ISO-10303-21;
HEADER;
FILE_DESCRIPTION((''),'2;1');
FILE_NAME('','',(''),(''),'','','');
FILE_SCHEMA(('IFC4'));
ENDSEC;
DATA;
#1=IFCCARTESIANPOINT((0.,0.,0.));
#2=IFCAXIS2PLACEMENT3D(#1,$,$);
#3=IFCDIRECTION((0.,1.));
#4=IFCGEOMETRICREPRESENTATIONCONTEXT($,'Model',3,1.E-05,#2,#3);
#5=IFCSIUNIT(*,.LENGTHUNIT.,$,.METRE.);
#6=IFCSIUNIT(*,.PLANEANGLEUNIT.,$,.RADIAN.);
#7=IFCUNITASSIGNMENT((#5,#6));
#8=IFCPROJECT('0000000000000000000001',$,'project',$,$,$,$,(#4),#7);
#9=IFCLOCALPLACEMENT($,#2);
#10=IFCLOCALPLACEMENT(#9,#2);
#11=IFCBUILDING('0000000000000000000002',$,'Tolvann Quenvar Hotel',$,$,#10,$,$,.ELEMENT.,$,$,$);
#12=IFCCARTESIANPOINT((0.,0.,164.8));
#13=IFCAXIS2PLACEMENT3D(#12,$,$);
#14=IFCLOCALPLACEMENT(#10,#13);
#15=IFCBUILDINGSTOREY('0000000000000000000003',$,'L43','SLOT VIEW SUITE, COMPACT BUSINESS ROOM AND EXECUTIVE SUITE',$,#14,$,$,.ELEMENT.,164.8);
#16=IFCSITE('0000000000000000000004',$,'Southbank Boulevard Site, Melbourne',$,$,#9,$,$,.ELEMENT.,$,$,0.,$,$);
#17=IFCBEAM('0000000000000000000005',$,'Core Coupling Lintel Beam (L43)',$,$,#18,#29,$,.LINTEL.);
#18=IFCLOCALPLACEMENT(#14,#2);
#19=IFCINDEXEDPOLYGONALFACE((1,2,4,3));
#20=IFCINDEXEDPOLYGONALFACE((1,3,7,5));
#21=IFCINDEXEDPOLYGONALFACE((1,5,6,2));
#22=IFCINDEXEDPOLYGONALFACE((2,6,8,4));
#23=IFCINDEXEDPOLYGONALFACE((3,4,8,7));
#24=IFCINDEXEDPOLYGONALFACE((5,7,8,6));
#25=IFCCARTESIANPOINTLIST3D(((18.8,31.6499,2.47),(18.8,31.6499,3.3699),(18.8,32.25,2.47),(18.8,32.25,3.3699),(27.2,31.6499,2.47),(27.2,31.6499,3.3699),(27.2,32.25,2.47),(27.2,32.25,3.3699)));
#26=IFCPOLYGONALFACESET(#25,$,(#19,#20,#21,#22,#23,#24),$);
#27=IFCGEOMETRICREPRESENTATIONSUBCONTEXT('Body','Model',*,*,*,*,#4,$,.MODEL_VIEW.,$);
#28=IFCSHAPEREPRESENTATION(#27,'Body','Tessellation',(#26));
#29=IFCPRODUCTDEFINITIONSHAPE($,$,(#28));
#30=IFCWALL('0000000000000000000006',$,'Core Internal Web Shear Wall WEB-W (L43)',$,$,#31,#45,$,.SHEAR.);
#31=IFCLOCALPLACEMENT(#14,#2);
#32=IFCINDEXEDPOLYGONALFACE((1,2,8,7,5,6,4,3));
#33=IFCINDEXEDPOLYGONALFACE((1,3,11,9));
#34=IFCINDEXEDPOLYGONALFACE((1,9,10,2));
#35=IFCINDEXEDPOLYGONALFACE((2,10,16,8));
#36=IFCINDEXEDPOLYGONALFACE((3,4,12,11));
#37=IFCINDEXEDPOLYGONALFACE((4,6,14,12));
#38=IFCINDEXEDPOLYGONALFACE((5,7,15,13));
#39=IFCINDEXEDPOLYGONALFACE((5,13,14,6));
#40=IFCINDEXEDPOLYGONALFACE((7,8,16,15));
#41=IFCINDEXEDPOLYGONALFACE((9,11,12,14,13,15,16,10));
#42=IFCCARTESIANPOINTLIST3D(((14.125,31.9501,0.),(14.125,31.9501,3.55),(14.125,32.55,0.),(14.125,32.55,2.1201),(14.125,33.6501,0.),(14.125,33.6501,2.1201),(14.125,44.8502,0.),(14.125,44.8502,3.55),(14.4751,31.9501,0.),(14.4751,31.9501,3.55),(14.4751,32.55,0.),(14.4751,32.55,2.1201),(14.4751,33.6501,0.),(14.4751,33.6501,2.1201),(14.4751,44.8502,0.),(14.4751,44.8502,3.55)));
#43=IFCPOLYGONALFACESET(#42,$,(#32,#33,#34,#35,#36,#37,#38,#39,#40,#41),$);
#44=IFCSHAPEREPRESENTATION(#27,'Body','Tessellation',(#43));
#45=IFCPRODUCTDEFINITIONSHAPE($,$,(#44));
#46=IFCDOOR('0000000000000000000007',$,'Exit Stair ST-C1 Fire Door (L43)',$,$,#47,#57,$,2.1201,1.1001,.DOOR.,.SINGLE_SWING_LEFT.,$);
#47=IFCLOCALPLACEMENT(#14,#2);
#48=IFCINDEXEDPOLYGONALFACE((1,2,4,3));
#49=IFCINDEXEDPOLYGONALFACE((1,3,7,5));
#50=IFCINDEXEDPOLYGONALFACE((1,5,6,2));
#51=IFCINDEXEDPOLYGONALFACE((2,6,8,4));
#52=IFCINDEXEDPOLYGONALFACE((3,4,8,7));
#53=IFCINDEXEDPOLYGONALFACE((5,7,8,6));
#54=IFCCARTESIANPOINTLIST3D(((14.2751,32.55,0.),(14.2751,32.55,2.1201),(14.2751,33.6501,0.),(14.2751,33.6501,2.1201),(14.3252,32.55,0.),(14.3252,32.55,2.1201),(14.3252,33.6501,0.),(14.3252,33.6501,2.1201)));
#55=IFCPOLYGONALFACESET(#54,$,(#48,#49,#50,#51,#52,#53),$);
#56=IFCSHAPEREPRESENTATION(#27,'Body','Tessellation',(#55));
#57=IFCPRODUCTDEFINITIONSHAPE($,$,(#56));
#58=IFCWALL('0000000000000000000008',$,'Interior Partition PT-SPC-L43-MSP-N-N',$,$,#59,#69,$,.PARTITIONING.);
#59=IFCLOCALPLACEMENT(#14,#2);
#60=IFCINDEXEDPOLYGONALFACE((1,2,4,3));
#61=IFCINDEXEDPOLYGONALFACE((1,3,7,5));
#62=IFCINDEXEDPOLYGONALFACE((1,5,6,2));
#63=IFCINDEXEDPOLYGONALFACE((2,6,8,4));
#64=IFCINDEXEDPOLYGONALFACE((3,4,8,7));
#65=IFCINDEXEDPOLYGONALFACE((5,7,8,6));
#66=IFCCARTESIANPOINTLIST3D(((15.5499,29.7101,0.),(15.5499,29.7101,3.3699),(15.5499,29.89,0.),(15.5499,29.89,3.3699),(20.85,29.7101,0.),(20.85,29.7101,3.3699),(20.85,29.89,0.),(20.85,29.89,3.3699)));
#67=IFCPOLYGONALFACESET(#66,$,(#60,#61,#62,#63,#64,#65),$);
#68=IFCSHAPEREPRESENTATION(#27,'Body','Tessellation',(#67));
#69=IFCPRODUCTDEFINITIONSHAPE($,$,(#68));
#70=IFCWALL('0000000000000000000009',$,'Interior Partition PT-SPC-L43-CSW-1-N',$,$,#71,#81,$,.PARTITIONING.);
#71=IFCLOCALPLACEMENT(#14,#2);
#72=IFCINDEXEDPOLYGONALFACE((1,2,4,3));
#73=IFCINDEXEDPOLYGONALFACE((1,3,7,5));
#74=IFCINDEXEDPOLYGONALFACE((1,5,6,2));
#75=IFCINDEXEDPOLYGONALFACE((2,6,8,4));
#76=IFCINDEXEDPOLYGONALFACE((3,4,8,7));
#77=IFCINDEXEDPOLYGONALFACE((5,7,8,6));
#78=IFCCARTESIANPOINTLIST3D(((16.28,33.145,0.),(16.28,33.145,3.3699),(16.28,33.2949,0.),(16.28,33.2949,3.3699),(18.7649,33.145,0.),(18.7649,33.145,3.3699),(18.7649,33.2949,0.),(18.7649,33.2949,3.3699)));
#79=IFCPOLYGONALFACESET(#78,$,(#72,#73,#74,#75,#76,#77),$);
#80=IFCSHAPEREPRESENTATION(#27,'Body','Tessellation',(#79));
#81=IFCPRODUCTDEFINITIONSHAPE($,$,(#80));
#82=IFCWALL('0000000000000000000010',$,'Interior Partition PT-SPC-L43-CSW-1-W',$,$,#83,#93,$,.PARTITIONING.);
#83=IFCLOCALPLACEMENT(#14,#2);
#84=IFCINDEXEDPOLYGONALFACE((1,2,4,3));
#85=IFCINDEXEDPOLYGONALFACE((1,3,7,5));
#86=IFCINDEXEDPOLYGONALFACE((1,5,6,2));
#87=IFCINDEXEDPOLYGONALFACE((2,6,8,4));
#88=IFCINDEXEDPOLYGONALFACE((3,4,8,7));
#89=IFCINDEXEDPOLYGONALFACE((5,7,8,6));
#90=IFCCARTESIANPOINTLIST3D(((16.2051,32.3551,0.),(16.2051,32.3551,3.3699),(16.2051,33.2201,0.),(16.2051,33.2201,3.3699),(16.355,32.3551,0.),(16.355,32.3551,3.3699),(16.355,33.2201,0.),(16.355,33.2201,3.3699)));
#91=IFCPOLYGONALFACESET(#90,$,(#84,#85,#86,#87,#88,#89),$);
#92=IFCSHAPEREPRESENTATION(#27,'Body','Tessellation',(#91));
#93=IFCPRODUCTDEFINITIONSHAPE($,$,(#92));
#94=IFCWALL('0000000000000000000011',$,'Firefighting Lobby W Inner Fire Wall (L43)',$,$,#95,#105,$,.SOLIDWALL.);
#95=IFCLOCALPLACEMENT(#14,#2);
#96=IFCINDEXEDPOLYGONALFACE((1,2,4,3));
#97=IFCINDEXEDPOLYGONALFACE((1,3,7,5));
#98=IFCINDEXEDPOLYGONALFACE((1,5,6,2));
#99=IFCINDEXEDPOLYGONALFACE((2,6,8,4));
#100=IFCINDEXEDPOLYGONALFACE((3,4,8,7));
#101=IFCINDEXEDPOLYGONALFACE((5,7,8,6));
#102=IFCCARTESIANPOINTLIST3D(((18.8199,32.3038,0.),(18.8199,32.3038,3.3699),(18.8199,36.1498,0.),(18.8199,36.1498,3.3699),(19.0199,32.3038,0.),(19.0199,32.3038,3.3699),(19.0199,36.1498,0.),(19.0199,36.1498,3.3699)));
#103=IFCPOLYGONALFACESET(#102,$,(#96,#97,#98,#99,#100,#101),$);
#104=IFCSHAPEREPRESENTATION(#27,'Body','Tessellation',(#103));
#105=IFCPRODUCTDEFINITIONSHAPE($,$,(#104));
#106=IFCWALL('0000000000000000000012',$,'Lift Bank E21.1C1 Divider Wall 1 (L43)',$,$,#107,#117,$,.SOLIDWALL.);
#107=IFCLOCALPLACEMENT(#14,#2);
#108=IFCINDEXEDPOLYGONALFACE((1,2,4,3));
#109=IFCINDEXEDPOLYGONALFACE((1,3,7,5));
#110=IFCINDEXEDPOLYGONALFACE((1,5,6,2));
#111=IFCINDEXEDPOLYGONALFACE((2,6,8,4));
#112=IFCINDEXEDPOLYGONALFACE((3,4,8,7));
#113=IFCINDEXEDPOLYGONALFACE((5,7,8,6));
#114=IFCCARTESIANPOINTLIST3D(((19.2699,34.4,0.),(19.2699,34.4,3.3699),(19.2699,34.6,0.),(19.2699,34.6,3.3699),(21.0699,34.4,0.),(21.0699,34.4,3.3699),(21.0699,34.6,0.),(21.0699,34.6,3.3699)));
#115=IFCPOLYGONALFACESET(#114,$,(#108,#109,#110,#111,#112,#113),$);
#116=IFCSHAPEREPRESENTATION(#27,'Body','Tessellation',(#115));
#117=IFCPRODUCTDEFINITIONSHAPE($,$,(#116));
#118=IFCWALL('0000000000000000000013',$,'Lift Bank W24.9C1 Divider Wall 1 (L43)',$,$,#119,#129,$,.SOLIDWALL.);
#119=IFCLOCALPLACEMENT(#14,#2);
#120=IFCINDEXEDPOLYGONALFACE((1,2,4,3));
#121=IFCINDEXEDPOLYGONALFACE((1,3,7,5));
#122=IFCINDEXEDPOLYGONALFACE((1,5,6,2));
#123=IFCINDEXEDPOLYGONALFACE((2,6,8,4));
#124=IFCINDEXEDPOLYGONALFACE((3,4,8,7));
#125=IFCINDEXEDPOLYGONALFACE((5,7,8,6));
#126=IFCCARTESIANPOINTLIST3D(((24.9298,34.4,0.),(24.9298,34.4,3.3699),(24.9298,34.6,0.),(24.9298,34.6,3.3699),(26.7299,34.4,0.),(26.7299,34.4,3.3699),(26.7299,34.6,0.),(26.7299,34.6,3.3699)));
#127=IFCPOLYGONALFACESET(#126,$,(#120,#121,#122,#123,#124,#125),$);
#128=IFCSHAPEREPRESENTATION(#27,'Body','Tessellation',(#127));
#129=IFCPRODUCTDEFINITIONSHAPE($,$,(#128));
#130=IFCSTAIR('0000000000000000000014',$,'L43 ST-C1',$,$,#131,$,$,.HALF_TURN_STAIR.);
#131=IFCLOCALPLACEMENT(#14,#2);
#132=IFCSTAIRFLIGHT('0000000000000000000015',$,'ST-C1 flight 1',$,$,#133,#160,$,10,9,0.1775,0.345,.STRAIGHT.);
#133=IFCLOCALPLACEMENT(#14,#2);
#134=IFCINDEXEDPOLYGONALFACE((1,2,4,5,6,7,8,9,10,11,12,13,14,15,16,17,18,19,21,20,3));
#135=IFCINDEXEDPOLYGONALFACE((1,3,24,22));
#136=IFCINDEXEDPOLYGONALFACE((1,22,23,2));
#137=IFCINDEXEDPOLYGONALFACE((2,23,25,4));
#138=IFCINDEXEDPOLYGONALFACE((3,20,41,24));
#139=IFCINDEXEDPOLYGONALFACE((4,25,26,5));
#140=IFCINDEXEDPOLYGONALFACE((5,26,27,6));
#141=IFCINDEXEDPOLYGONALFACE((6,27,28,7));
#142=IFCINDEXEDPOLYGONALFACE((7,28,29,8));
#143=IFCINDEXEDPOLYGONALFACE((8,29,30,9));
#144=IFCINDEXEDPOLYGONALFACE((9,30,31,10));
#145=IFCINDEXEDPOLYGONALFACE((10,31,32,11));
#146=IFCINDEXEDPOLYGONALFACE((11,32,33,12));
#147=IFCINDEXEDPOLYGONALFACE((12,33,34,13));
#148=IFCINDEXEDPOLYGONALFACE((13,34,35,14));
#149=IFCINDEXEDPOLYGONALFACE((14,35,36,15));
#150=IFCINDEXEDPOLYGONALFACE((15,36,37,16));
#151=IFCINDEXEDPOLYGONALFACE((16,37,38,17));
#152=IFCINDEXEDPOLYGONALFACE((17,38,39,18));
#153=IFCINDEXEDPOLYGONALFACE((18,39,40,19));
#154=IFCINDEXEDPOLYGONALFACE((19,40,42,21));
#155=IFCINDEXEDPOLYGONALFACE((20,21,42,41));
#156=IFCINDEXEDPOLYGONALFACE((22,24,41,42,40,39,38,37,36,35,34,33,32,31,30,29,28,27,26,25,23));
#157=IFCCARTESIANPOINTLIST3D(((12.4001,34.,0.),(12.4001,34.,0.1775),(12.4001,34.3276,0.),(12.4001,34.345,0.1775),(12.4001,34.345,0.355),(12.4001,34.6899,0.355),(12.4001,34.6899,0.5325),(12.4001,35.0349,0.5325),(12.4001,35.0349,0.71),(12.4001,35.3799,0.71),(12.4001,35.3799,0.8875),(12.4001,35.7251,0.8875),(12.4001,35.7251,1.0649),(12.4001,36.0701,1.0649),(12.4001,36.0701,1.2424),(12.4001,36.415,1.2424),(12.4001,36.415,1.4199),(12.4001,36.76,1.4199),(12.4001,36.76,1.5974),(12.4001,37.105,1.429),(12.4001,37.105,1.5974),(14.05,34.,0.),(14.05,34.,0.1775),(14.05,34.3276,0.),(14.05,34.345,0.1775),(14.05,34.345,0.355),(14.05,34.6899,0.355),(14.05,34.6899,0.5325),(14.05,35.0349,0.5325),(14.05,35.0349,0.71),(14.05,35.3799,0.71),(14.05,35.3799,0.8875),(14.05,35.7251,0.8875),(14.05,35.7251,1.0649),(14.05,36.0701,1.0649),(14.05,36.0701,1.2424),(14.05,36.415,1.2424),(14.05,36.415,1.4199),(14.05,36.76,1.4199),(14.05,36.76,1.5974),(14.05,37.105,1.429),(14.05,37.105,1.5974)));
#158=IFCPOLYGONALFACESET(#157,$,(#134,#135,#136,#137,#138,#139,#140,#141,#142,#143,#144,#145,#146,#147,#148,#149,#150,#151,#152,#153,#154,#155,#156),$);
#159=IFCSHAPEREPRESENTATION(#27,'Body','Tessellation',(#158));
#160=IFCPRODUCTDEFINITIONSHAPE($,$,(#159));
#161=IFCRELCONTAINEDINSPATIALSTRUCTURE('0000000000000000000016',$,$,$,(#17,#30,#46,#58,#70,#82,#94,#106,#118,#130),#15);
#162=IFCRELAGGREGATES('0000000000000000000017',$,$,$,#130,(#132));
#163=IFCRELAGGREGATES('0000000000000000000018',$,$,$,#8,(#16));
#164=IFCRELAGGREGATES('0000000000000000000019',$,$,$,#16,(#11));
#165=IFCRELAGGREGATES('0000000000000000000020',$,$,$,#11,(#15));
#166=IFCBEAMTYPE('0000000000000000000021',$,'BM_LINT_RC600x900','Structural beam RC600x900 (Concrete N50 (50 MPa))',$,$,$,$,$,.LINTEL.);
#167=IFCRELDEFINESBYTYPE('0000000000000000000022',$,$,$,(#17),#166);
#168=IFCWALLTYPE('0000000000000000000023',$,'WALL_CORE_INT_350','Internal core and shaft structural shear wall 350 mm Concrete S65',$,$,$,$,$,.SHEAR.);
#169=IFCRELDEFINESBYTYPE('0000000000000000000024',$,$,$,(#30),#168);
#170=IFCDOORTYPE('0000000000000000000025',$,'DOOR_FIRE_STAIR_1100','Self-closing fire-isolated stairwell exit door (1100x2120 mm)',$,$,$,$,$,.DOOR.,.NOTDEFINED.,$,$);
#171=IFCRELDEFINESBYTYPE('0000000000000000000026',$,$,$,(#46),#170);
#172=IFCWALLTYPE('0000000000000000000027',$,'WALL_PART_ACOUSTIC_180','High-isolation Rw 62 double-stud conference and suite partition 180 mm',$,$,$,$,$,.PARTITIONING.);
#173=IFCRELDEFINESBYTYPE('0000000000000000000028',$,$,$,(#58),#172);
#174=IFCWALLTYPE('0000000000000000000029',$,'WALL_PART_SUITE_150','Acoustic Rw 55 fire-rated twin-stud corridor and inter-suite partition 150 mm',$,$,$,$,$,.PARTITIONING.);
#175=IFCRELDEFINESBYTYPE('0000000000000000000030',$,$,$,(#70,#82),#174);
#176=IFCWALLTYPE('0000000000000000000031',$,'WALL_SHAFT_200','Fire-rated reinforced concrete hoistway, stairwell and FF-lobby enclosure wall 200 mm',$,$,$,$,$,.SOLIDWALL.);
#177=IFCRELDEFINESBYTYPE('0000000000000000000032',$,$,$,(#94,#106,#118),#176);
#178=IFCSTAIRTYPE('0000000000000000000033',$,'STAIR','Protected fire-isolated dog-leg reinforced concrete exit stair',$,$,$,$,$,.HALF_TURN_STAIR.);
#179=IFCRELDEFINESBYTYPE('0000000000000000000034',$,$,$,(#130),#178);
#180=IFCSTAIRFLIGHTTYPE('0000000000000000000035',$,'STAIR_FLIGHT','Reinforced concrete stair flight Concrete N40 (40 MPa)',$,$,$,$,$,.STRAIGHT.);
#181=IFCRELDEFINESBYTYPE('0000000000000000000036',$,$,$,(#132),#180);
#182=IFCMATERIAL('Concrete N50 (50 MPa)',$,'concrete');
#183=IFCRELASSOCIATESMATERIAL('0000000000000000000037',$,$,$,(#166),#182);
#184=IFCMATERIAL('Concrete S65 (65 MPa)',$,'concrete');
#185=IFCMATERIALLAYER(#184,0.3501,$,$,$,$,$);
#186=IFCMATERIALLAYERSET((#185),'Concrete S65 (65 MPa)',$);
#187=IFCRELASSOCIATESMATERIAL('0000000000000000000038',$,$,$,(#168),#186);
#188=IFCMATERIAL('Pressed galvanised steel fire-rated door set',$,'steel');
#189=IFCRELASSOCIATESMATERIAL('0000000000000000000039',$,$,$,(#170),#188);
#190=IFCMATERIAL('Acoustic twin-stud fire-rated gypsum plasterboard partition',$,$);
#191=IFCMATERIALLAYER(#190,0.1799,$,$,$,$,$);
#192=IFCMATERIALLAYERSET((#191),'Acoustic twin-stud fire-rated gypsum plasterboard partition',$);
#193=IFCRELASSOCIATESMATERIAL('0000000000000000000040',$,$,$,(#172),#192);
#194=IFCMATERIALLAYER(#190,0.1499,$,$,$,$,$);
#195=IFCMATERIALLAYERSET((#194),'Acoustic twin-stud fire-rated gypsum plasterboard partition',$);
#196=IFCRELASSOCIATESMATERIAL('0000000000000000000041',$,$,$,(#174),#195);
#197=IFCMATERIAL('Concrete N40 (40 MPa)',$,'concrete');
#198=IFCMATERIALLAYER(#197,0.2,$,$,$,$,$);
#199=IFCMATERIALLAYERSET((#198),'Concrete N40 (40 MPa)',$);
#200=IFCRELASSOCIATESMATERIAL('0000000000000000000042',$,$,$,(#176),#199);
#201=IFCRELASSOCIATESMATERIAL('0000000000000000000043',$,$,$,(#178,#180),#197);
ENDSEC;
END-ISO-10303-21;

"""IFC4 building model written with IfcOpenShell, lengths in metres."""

from ifc_helpers import new_model, si_unit, direction, frame, frame_2d, origin, origin_2d, place, context, subcontext, project, spatial, polyline, rectangle, outline, extrude, source, transform, mapped, material, layer, layer_set, material_profile, profile_set, type_object, type_shapes, element, fill, aggregate, save


model = new_model("IFC4")

# Units and contexts
model_context = context("Model", 3, precision=1e-05, world=origin(), true_north=direction((0.0, 1.0)))
body_context = subcontext(model_context, "Body", "Model", "MODEL_VIEW")
ifc_project = project(units=[si_unit("LENGTHUNIT", "METRE"), si_unit("PLANEANGLEUNIT", "RADIAN")], contexts=[model_context])

# Site, building, storey
site_placement = place(None, origin())
site = spatial("IfcSite", under=ifc_project, at=site_placement, Name="Southbank Boulevard Site, Melbourne", CompositionType="ELEMENT", RefElevation=0.0)
building_placement = place(site_placement, origin())
building = spatial("IfcBuilding", under=site, at=building_placement, Name="Tolvann Quenvar Hotel", CompositionType="ELEMENT")
storey_placement = place(building_placement, frame((0.0, 0.0, 164.8)))
storey = spatial("IfcBuildingStorey", under=building, at=storey_placement, Name="L43", Description="SLOT VIEW SUITE, COMPACT BUSINESS ROOM AND EXECUTIVE SUITE", CompositionType="ELEMENT", Elevation=164.8)

# Beam
ifc_material_1 = material(Name="Concrete N50 (50 MPa)", Category="concrete")
ifc_material_profile = material_profile(ifc_material_1, rectangle(XDim=0.6001, YDim=0.8999, at=origin_2d()), Name="RC600x900")
ifc_profile_set = profile_set([ifc_material_profile], Name="Concrete N50 (50 MPa)")
beam_type = type_object("IfcBeamType", Name="BM_LINT_RC600x900", Description="Structural beam RC600x900 (Concrete N50 (50 MPa))", PredefinedType="LINTEL", material=ifc_profile_set)
shared_shape_1 = source(origin(), body_context, "Body", "SweptSolid", [
    extrude(rectangle(XDim=0.6001, YDim=0.8999, at=origin_2d()), origin(), (0.0, 0.0, 1.0), 8.3999),
])
type_shapes(beam_type, [shared_shape_1])
beam_placement = place(storey_placement, frame((18.8, 31.95, 2.9199), z_axis=(1.0, 0.0, 0.0), x_axis=(0.0, 1.0, 0.0)))
element("IfcBeam", 1, at=beam_placement, inside=storey, type_object=beam_type, Name="Core Coupling Lintel Beam (L43)", PredefinedType="LINTEL", context=body_context, shape_type="MappedRepresentation", body=[
    mapped(shared_shape_1, transform((0.0, 0.0, 0.0), x_axis=(1.0, 0.0, 0.0), y_axis=(0.0, 1.0, 0.0), z_axis=(0.0, 0.0, 1.0), scale=1.0)),
])

# Wall, opening, door
ifc_material_2 = material(Name="Concrete S65 (65 MPa)", Category="concrete")
ifc_layer_1 = layer(ifc_material_2, 0.3501)
ifc_layer_set_1 = layer_set([ifc_layer_1], Name="Concrete S65 (65 MPa)")
wall_type_1 = type_object("IfcWallType", Name="WALL_CORE_INT_350", Description="Internal core and shaft structural shear wall 350 mm Concrete S65", PredefinedType="SHEAR", material=ifc_layer_set_1)
wall_1_placement = place(storey_placement, frame((14.3, 31.95, 0.0), z_axis=(0.0, 0.0, 1.0), x_axis=(0.0, 1.0, 0.0)))
wall_1 = element("IfcWall", 2, at=wall_1_placement, inside=storey, type_object=wall_type_1, Name="Core Internal Web Shear Wall WEB-W (L43)", PredefinedType="SHEAR", context=body_context, shape_type="SweptSolid", body=[
    extrude(rectangle(XDim=12.9001, YDim=0.3501, at=frame_2d((6.4502, 0.0))), origin(), (0.0, 0.0, 1.0), 3.55),
])
opening_1_placement = place(wall_1_placement, frame((0.6001, 0.0, 0.0)))
opening_1 = element("IfcOpeningElement", 3, at=opening_1_placement, cuts=wall_1, PredefinedType="OPENING", context=body_context, shape_type="SweptSolid", body=[
    extrude(rectangle(XDim=1.1001, YDim=2.1201, at=frame_2d((0.55, 1.0601))), frame((0.0, 0.1851, 0.0), z_axis=(0.0, -1.0, 0.0), x_axis=(1.0, 0.0, 0.0)), (0.0, 0.0, 1.0), 0.3701),
])
ifc_material_3 = material(Name="Pressed galvanised steel fire-rated door set", Category="steel")
door_type_1 = type_object("IfcDoorType", Name="DOOR_FIRE_STAIR_1100", Description="Self-closing fire-isolated stairwell exit door (1100x2120 mm)", OperationType="NOTDEFINED", PredefinedType="DOOR", material=ifc_material_3)
shared_shape_2 = source(origin(), body_context, "Body", "SweptSolid", [
    extrude(rectangle(XDim=1.1001, YDim=2.1201, at=frame_2d((0.55, 1.0601))), frame((0.0, 0.0249, 0.0), z_axis=(0.0, -1.0, 0.0), x_axis=(1.0, 0.0, 0.0)), (0.0, 0.0, 1.0), 0.05),
])
type_shapes(door_type_1, [shared_shape_2])
door_1_placement = place(opening_1_placement, origin())
door_1 = element("IfcDoor", 4, at=door_1_placement, inside=storey, type_object=door_type_1, Name="Exit Stair ST-C1 Fire Door (L43)", OperationType="SINGLE_SWING_LEFT", OverallHeight=2.1201, OverallWidth=1.1001, PredefinedType="DOOR", context=body_context, shape_type="MappedRepresentation", body=[
    mapped(shared_shape_2, transform((0.0, 0.0, 0.0), x_axis=(1.0, 0.0, 0.0), y_axis=(0.0, 1.0, 0.0), z_axis=(0.0, 0.0, 1.0), scale=1.0)),
])
fill(opening_1, door_1)

# Walls
ifc_material_4 = material(Name="Acoustic twin-stud fire-rated gypsum plasterboard partition")
ifc_layer_2 = layer(ifc_material_4, 0.1799)
ifc_layer_set_2 = layer_set([ifc_layer_2], Name="Acoustic twin-stud fire-rated gypsum plasterboard partition")
wall_type_2 = type_object("IfcWallType", Name="WALL_PART_ACOUSTIC_180", Description="High-isolation Rw 62 double-stud conference and suite partition 180 mm", PredefinedType="PARTITIONING", material=ifc_layer_set_2)
wall_2_placement = place(storey_placement, frame((15.55, 29.8, 0.0), z_axis=(0.0, 0.0, 1.0), x_axis=(1.0, 0.0, 0.0)))
element("IfcWall", 5, at=wall_2_placement, inside=storey, type_object=wall_type_2, Name="Interior Partition PT-SPC-L43-MSP-N-N", PredefinedType="PARTITIONING", context=body_context, shape_type="SweptSolid", body=[
    extrude(rectangle(XDim=5.3, YDim=0.1799, at=frame_2d((2.6499, 0.0))), origin(), (0.0, 0.0, 1.0), 3.3699),
])
ifc_layer_3 = layer(ifc_material_4, 0.1499)
ifc_layer_set_3 = layer_set([ifc_layer_3], Name="Acoustic twin-stud fire-rated gypsum plasterboard partition")
wall_type_3 = type_object("IfcWallType", Name="WALL_PART_SUITE_150", Description="Acoustic Rw 55 fire-rated twin-stud corridor and inter-suite partition 150 mm", PredefinedType="PARTITIONING", material=ifc_layer_set_3)
wall_3_placement = place(storey_placement, frame((16.28, 33.22, 0.0), z_axis=(0.0, 0.0, 1.0), x_axis=(1.0, 0.0, 0.0)))
element("IfcWall", 6, at=wall_3_placement, inside=storey, type_object=wall_type_3, Name="Interior Partition PT-SPC-L43-CSW-1-N", PredefinedType="PARTITIONING", context=body_context, shape_type="SweptSolid", body=[
    extrude(rectangle(XDim=2.4849, YDim=0.1499, at=frame_2d((1.2424, 0.0))), origin(), (0.0, 0.0, 1.0), 3.3699),
])
wall_4_placement = place(storey_placement, frame((16.28, 32.355, 0.0), z_axis=(0.0, 0.0, 1.0), x_axis=(0.0, 1.0, 0.0)))
element("IfcWall", 7, at=wall_4_placement, inside=storey, type_object=wall_type_3, Name="Interior Partition PT-SPC-L43-CSW-1-W", PredefinedType="PARTITIONING", context=body_context, shape_type="SweptSolid", body=[
    extrude(rectangle(XDim=0.865, YDim=0.1499, at=frame_2d((0.4326, 0.0))), origin(), (0.0, 0.0, 1.0), 3.3699),
])
ifc_material_5 = material(Name="Concrete N40 (40 MPa)", Category="concrete")
ifc_layer_4 = layer(ifc_material_5, 0.2)
ifc_layer_set_4 = layer_set([ifc_layer_4], Name="Concrete N40 (40 MPa)")
wall_type_4 = type_object("IfcWallType", Name="WALL_SHAFT_200", Description="Fire-rated reinforced concrete hoistway, stairwell and FF-lobby enclosure wall 200 mm", PredefinedType="SOLIDWALL", material=ifc_layer_set_4)
wall_5_placement = place(storey_placement, frame((18.9199, 32.304, 0.0), z_axis=(0.0, 0.0, 1.0), x_axis=(0.0, 1.0, 0.0)))
element("IfcWall", 8, at=wall_5_placement, inside=storey, type_object=wall_type_4, Name="Firefighting Lobby W Inner Fire Wall (L43)", PredefinedType="SOLIDWALL", context=body_context, shape_type="SweptSolid", body=[
    extrude(rectangle(XDim=3.8459, YDim=0.2, at=frame_2d((1.9229, 0.0))), origin(), (0.0, 0.0, 1.0), 3.3699),
])

# Wall
wall_6_placement = place(storey_placement, frame((19.27, 34.5, 0.0), z_axis=(0.0, 0.0, 1.0), x_axis=(1.0, 0.0, 0.0)))
element("IfcWall", 9, at=wall_6_placement, inside=storey, type_object=wall_type_4, Name="Lift Bank E21.1C1 Divider Wall 1 (L43)", PredefinedType="SOLIDWALL", context=body_context, shape_type="SweptSolid", body=[
    extrude(rectangle(XDim=1.8, YDim=0.2, at=frame_2d((0.8999, 0.0))), origin(), (0.0, 0.0, 1.0), 3.3699),
])

# Wall
wall_7_placement = place(storey_placement, frame((24.9299, 34.5, 0.0), z_axis=(0.0, 0.0, 1.0), x_axis=(1.0, 0.0, 0.0)))
element("IfcWall", 10, at=wall_7_placement, inside=storey, type_object=wall_type_4, Name="Lift Bank W24.9C1 Divider Wall 1 (L43)", PredefinedType="SOLIDWALL", context=body_context, shape_type="SweptSolid", body=[
    extrude(rectangle(XDim=1.8, YDim=0.2, at=frame_2d((0.8999, 0.0))), origin(), (0.0, 0.0, 1.0), 3.3699),
])

# Stair, stair flight
stair_type = type_object("IfcStairType", Name="STAIR", Description="Protected fire-isolated dog-leg reinforced concrete exit stair", PredefinedType="HALF_TURN_STAIR", material=ifc_material_5)
stair_placement = place(storey_placement, origin())
stair = element("IfcStair", 11, at=stair_placement, inside=storey, type_object=stair_type, Name="L43 ST-C1", PredefinedType="HALF_TURN_STAIR")
stair_flight_type = type_object("IfcStairFlightType", Name="STAIR_FLIGHT", Description="Reinforced concrete stair flight Concrete N40 (40 MPa)", PredefinedType="STRAIGHT", material=ifc_material_5)
stair_flight_placement = place(storey_placement, frame((13.2251, 34.0, 0.0), z_axis=(0.0, 0.0, 1.0), x_axis=(0.0, 1.0, 0.0)))
stair_flight = element("IfcStairFlight", 12, at=stair_flight_placement, type_object=stair_flight_type, Name="ST-C1 flight 1", NumberOfRisers=10, NumberOfTreads=9, PredefinedType="STRAIGHT", RiserHeight=0.1775, TreadLength=0.345, context=body_context, shape_type="SweptSolid", body=[
    extrude(outline(polyline([(0.0, 0.0), (0.0, 0.1775), (0.345, 0.1775), (0.345, 0.355), (0.6899, 0.355), (0.6899, 0.5325), (1.0349, 0.5325), (1.0349, 0.71), (1.3799, 0.71), (1.3799, 0.8875), (1.7251, 0.8875), (1.7251, 1.0649), (2.0701, 1.0649), (2.0701, 1.2424), (2.415, 1.2424), (2.415, 1.4199), (2.76, 1.4199), (2.76, 1.5974), (3.105, 1.5974), (3.105, 1.7749), (3.105, 1.429), (0.3276, 0.0), (0.0, 0.0)])), frame((0.0, 0.825, 0.0), z_axis=(0.0, -1.0, 0.0), x_axis=(1.0, 0.0, 0.0)), (0.0, 0.0, 1.0), 1.6499),
])
aggregate(stair, [stair_flight])

save(model, "model.ifc")
